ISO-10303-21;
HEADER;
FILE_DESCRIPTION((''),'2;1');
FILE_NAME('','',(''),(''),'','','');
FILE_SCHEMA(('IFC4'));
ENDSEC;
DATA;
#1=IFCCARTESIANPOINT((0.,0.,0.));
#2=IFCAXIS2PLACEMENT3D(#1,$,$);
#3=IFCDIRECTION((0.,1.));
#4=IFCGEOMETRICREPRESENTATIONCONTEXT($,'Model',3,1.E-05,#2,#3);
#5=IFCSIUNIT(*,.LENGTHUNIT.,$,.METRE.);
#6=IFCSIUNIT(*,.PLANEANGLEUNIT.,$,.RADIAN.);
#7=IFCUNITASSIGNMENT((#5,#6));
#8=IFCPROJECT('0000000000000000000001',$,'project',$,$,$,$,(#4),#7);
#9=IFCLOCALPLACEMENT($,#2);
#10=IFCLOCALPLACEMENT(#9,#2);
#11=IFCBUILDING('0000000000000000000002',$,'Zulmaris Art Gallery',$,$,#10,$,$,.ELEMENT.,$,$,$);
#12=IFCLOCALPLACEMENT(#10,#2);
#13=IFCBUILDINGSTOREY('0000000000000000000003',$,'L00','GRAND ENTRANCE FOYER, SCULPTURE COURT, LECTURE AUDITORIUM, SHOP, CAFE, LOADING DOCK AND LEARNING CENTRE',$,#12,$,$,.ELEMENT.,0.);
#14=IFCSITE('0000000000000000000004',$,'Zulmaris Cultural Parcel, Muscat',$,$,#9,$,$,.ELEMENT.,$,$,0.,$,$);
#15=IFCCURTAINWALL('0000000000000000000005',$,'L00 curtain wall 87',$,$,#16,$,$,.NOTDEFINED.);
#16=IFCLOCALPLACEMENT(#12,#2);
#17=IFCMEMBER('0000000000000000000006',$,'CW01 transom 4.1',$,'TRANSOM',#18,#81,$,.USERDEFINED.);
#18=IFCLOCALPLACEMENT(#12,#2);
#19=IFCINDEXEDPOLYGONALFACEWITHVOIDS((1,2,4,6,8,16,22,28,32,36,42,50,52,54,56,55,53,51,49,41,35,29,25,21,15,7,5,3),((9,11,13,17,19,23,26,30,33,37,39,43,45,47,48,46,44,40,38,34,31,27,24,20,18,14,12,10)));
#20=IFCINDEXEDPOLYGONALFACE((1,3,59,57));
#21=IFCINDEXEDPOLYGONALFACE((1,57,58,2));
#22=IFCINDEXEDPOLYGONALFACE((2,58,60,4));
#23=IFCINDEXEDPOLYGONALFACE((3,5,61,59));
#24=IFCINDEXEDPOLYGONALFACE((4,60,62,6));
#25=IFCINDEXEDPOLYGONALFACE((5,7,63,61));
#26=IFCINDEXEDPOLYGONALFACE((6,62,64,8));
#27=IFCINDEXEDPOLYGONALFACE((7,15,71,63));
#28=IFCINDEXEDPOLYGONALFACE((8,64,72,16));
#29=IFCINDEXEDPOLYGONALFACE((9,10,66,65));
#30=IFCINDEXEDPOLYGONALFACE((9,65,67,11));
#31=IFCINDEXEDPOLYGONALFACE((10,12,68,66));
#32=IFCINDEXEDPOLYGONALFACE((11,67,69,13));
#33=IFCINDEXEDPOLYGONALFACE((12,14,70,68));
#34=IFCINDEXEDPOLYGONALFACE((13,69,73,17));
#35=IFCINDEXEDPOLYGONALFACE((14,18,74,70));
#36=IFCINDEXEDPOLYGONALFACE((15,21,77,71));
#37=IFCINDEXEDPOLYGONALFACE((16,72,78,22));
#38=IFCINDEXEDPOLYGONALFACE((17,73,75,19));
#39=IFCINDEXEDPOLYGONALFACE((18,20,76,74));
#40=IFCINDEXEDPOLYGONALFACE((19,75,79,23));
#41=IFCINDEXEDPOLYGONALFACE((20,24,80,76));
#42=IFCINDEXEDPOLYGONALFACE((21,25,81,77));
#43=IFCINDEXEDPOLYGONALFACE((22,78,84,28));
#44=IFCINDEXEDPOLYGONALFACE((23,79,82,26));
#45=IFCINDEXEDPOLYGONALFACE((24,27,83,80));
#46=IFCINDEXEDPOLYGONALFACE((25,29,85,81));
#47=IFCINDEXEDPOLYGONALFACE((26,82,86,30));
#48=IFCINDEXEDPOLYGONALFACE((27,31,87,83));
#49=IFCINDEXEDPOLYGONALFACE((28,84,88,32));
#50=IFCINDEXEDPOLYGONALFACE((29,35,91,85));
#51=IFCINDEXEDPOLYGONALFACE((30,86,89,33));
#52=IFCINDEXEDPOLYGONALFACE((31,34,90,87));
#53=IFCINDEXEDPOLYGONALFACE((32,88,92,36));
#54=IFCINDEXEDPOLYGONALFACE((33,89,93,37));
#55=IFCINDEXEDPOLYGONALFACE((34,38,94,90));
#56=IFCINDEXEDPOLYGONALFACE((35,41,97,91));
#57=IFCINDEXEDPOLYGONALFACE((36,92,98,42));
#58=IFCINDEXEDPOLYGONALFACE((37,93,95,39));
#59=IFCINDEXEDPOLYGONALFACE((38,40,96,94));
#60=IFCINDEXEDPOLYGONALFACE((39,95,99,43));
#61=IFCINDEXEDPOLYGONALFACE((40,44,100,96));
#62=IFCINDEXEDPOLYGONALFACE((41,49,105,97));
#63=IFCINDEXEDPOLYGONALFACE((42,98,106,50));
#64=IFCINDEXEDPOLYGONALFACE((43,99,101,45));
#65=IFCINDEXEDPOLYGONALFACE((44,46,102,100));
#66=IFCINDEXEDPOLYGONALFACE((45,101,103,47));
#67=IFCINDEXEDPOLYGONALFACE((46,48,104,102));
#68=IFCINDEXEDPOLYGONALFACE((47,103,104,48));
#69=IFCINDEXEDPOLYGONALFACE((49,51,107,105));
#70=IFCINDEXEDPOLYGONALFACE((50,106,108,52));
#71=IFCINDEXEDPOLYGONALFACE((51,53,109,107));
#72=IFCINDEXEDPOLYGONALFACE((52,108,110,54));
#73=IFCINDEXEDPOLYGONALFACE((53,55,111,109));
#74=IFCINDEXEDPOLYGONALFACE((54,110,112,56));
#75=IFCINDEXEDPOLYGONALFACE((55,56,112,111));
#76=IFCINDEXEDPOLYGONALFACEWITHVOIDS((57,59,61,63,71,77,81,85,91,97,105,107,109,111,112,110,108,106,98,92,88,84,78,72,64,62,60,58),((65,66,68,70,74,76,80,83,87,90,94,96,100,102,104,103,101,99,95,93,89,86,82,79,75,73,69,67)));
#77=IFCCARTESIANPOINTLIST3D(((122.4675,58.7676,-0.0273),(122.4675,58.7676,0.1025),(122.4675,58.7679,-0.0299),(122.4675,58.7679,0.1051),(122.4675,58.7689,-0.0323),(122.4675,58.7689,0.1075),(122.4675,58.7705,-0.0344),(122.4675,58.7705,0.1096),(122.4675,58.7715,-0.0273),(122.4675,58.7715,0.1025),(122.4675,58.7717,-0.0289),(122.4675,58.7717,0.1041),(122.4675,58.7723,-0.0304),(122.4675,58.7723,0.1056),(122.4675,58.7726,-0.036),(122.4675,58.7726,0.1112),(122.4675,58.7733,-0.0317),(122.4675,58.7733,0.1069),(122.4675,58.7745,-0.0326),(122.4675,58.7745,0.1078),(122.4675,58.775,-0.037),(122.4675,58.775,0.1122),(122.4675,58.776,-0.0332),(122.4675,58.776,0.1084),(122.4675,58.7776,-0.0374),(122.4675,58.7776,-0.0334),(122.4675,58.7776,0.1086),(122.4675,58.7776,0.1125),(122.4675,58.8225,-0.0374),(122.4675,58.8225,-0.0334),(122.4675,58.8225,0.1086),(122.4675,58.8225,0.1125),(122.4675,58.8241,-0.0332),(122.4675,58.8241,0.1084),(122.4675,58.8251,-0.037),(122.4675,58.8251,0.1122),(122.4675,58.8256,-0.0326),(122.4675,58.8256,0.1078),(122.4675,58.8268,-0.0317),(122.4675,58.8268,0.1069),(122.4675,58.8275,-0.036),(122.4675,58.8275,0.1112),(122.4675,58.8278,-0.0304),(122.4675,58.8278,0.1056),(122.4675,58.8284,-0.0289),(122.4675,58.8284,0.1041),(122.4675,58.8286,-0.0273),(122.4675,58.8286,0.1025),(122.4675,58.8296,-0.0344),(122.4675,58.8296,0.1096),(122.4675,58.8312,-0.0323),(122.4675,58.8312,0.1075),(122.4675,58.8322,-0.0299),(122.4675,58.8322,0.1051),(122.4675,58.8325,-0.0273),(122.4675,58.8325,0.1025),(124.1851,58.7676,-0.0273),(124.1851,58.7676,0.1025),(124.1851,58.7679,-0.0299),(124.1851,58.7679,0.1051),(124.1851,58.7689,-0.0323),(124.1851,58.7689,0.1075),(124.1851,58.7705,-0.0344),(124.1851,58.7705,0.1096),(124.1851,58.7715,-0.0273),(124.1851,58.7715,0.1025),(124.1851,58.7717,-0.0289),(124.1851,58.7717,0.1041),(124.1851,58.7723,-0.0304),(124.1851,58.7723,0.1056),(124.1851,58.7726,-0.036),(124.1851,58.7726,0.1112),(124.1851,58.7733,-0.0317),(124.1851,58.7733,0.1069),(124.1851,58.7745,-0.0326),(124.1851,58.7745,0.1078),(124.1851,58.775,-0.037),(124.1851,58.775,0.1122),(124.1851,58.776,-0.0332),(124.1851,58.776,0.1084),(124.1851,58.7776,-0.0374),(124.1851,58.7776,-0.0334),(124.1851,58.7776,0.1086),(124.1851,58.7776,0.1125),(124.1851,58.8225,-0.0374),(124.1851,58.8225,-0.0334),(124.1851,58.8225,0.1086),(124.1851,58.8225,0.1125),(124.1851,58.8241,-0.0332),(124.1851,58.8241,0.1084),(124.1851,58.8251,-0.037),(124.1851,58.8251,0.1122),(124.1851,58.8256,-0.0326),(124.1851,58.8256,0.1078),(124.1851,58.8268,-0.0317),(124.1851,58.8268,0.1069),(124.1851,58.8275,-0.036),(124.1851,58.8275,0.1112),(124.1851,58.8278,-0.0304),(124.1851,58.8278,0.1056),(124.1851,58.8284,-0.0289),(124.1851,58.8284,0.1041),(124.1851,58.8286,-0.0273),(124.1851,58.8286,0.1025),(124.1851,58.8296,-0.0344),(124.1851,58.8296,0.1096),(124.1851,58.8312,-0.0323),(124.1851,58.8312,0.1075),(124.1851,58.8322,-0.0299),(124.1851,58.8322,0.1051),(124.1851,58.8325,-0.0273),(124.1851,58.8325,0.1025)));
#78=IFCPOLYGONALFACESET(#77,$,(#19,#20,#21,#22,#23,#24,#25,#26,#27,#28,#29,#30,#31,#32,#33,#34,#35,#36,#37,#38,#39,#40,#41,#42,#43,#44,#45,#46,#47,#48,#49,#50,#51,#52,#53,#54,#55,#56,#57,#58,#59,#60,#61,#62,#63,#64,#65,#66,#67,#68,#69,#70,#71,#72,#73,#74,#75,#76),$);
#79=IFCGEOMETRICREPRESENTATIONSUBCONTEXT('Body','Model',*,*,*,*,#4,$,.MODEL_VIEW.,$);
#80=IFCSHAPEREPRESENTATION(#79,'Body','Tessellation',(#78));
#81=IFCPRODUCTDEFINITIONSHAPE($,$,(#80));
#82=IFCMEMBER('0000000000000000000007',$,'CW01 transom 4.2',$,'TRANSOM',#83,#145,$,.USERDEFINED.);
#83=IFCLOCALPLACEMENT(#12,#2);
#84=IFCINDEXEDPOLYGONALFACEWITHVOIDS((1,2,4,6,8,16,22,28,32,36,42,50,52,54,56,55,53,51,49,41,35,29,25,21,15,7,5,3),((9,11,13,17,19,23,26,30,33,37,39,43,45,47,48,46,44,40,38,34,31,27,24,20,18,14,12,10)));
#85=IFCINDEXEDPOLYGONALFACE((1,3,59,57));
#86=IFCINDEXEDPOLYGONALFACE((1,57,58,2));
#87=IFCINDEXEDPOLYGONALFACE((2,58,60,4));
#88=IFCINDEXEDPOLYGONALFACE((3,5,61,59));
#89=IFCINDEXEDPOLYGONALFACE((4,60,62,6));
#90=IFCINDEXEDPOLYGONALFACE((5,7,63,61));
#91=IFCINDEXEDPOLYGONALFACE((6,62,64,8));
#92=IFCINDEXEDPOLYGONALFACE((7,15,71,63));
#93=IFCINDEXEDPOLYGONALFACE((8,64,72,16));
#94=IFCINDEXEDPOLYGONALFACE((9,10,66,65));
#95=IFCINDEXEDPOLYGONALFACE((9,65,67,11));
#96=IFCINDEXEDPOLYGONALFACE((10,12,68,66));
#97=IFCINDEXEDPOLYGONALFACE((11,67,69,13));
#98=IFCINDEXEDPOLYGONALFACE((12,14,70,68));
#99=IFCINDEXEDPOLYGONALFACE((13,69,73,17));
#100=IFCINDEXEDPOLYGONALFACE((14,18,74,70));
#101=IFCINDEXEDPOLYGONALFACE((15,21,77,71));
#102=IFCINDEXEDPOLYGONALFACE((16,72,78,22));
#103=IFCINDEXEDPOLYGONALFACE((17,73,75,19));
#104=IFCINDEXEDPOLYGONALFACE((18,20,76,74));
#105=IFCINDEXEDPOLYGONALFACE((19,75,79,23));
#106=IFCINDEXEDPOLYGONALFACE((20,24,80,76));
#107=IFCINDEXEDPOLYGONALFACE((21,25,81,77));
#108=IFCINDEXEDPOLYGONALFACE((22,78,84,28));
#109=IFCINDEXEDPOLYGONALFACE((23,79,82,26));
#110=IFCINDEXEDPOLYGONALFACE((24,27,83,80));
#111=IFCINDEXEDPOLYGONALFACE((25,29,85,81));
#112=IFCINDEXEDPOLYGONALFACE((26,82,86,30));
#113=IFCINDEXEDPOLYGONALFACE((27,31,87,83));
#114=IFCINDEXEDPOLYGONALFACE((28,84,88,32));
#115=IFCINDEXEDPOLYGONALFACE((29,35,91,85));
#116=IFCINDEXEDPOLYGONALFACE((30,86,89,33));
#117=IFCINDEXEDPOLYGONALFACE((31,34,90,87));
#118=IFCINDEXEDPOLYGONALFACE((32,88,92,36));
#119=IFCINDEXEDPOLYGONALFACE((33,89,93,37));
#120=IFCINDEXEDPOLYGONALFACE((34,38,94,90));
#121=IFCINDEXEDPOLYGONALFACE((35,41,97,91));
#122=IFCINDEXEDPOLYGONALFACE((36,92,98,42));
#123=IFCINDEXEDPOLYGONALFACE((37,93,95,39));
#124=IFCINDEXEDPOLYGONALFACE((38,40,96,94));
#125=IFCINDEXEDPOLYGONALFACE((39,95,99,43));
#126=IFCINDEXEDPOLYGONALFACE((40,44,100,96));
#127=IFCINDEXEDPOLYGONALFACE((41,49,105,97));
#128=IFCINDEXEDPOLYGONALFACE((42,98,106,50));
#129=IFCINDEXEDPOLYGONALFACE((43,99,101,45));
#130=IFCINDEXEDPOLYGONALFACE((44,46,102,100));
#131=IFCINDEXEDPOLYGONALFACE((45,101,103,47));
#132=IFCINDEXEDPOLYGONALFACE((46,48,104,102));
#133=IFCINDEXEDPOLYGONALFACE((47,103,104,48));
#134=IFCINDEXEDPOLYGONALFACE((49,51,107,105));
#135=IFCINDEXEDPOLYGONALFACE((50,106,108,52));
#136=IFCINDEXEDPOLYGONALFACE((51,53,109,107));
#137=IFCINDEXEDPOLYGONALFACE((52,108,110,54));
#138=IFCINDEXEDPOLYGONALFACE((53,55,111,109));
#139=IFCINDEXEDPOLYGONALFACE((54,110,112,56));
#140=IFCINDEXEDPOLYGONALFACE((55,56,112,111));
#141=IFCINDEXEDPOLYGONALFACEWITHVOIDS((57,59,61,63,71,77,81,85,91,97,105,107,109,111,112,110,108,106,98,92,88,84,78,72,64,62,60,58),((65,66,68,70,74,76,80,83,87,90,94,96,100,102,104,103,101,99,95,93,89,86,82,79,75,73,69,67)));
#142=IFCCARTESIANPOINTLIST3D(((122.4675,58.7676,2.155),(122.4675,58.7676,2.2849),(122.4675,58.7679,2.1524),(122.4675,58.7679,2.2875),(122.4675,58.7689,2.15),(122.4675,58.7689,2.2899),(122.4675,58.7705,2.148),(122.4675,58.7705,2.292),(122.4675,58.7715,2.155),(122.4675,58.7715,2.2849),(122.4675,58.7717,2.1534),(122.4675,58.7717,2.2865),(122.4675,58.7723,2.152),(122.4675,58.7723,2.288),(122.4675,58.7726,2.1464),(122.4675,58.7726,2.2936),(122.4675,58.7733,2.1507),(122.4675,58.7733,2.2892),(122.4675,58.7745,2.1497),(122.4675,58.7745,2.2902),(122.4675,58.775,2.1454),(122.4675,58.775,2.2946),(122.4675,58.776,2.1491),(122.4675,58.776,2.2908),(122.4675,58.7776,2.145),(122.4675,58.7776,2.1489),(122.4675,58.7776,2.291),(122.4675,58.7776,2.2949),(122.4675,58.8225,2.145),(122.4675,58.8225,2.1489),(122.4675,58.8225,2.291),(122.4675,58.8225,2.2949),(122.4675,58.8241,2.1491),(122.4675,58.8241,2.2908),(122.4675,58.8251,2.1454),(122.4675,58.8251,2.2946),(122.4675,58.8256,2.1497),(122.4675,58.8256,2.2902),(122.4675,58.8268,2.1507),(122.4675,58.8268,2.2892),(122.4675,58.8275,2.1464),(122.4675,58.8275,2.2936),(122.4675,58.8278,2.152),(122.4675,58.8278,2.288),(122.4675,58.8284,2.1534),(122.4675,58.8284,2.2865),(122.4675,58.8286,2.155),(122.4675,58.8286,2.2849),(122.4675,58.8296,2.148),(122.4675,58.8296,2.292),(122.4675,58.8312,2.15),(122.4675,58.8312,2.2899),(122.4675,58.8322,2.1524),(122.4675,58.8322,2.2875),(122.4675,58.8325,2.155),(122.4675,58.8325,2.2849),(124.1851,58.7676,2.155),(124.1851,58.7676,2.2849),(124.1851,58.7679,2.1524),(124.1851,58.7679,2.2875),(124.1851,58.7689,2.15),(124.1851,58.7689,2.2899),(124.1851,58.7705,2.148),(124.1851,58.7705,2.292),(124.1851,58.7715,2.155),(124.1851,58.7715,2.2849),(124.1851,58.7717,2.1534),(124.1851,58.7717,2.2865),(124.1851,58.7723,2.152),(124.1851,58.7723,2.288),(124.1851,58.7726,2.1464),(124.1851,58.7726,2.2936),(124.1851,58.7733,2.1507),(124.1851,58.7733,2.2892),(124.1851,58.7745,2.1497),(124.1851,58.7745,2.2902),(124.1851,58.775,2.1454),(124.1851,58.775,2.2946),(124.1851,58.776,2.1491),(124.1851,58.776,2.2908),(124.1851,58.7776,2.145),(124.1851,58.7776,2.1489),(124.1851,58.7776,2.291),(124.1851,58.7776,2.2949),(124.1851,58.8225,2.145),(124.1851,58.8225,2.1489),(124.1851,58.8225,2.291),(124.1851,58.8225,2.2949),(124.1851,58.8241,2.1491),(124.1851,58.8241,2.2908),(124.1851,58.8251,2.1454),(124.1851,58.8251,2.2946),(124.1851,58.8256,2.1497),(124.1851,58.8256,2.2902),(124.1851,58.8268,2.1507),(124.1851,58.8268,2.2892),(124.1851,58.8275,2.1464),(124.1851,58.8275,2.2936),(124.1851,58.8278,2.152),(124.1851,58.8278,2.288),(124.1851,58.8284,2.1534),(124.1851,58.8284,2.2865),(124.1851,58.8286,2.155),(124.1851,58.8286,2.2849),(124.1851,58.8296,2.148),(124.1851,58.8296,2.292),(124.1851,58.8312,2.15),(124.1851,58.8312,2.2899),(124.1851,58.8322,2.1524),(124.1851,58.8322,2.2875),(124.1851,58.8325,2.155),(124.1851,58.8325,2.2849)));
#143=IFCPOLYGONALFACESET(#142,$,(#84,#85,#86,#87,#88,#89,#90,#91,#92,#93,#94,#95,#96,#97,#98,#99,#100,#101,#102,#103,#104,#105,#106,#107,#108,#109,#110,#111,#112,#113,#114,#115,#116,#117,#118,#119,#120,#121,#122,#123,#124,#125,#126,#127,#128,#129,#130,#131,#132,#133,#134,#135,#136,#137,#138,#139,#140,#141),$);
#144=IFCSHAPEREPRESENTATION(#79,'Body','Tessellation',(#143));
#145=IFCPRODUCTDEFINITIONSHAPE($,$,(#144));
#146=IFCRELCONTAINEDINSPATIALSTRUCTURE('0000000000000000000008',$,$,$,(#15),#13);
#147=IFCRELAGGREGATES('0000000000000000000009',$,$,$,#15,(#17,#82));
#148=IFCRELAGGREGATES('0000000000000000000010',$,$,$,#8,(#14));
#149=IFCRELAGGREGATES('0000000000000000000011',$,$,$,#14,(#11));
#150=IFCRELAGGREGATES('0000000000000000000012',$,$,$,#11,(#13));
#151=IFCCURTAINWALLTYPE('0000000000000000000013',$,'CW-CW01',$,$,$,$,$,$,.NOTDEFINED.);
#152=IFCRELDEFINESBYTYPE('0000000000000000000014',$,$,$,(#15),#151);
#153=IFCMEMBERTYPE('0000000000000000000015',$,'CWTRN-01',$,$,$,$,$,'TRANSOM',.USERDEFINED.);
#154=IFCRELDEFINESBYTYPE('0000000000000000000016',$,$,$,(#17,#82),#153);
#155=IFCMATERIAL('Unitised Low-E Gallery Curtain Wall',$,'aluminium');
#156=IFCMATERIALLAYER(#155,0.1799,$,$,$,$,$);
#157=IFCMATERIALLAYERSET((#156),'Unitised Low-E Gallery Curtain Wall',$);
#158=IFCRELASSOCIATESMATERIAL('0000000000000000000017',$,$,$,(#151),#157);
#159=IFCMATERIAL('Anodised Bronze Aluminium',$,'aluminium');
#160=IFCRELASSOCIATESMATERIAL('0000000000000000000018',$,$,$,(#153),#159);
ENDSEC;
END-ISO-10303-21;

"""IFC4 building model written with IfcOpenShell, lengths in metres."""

from ifc_helpers import new_model, si_unit, direction, frame, origin, origin_2d, place, context, subcontext, project, spatial, hollow_rectangle, extrude, material, layer, layer_set, material_profile, profile_set, type_object, element, aggregate, save


model = new_model("IFC4")

# Units and contexts
model_context = context("Model", 3, precision=1e-05, world=origin(), true_north=direction((0.0, 1.0)))
body_context = subcontext(model_context, "Body", "Model", "MODEL_VIEW")
ifc_project = project(units=[si_unit("LENGTHUNIT", "METRE"), si_unit("PLANEANGLEUNIT", "RADIAN")], contexts=[model_context])

# Site, building, storey
site_placement = place(None, origin())
site = spatial("IfcSite", under=ifc_project, at=site_placement, Name="Zulmaris Cultural Parcel, Muscat", CompositionType="ELEMENT", RefElevation=0.0)
building_placement = place(site_placement, origin())
building = spatial("IfcBuilding", under=site, at=building_placement, Name="Zulmaris Art Gallery", CompositionType="ELEMENT")
storey_placement = place(building_placement, origin())
storey = spatial("IfcBuildingStorey", under=building, at=storey_placement, Name="L00", Description="GRAND ENTRANCE FOYER, SCULPTURE COURT, LECTURE AUDITORIUM, SHOP, CAFE, LOADING DOCK AND LEARNING CENTRE", CompositionType="ELEMENT", Elevation=0.0)

# Curtain wall
ifc_material_1 = material(Name="Unitised Low-E Gallery Curtain Wall", Category="aluminium")
ifc_layer_1 = layer(ifc_material_1, 0.1799)
ifc_layer_set_1 = layer_set([ifc_layer_1], Name="Unitised Low-E Gallery Curtain Wall")
curtain_wall_type = type_object("IfcCurtainWallType", Name="CW-CW01", PredefinedType="NOTDEFINED", material=ifc_layer_set_1)
ifc_material_2 = material(Name="Anodised Bronze Aluminium", Category="aluminium")
curtain_wall_1_placement = place(storey_placement, origin())
curtain_wall_1 = element("IfcCurtainWall", 1, at=curtain_wall_1_placement, inside=storey, type_object=curtain_wall_type, Name="L00 curtain wall 87", PredefinedType="NOTDEFINED")

# Members
ifc_material_profile_1 = material_profile(ifc_material_2, hollow_rectangle(XDim=0.0649, YDim=0.1499, WallThickness=0.0039, InnerFilletRadius=0.0061, OuterFilletRadius=0.01, at=origin_2d()), Name="ALU 65x150x4")
ifc_profile_set_1 = profile_set([ifc_material_profile_1], Name="Anodised Bronze Aluminium")
member_type_1 = type_object("IfcMemberType", Name="CWTRN-01", ElementType="TRANSOM", PredefinedType="USERDEFINED", material=ifc_profile_set_1)
member_1_placement = place(storey_placement, frame((122.4675, 58.8, 0.0376), z_axis=(1.0, 0.0, 0.0), x_axis=(0.0, 1.0, 0.0)))
member_1 = element("IfcMember", 2, at=member_1_placement, type_object=member_type_1, Name="CW01 transom 4.1", ObjectType="TRANSOM", PredefinedType="USERDEFINED", context=body_context, shape_type="SweptSolid", body=[
    extrude(hollow_rectangle(XDim=0.0649, YDim=0.1499, WallThickness=0.0039, InnerFilletRadius=0.0061, OuterFilletRadius=0.01, at=origin_2d()), origin(), (0.0, 0.0, 1.0), 1.7175),
])
member_2_placement = place(storey_placement, frame((122.4675, 58.8, 2.22), z_axis=(1.0, 0.0, 0.0), x_axis=(0.0, 1.0, 0.0)))
member_2 = element("IfcMember", 3, at=member_2_placement, type_object=member_type_1, Name="CW01 transom 4.2", ObjectType="TRANSOM", PredefinedType="USERDEFINED", context=body_context, shape_type="SweptSolid", body=[
    extrude(hollow_rectangle(XDim=0.0649, YDim=0.1499, WallThickness=0.0039, InnerFilletRadius=0.0061, OuterFilletRadius=0.01, at=origin_2d()), origin(), (0.0, 0.0, 1.0), 1.7175),
])

aggregate(curtain_wall_1, [member_1, member_2])

save(model, "model.ifc")
